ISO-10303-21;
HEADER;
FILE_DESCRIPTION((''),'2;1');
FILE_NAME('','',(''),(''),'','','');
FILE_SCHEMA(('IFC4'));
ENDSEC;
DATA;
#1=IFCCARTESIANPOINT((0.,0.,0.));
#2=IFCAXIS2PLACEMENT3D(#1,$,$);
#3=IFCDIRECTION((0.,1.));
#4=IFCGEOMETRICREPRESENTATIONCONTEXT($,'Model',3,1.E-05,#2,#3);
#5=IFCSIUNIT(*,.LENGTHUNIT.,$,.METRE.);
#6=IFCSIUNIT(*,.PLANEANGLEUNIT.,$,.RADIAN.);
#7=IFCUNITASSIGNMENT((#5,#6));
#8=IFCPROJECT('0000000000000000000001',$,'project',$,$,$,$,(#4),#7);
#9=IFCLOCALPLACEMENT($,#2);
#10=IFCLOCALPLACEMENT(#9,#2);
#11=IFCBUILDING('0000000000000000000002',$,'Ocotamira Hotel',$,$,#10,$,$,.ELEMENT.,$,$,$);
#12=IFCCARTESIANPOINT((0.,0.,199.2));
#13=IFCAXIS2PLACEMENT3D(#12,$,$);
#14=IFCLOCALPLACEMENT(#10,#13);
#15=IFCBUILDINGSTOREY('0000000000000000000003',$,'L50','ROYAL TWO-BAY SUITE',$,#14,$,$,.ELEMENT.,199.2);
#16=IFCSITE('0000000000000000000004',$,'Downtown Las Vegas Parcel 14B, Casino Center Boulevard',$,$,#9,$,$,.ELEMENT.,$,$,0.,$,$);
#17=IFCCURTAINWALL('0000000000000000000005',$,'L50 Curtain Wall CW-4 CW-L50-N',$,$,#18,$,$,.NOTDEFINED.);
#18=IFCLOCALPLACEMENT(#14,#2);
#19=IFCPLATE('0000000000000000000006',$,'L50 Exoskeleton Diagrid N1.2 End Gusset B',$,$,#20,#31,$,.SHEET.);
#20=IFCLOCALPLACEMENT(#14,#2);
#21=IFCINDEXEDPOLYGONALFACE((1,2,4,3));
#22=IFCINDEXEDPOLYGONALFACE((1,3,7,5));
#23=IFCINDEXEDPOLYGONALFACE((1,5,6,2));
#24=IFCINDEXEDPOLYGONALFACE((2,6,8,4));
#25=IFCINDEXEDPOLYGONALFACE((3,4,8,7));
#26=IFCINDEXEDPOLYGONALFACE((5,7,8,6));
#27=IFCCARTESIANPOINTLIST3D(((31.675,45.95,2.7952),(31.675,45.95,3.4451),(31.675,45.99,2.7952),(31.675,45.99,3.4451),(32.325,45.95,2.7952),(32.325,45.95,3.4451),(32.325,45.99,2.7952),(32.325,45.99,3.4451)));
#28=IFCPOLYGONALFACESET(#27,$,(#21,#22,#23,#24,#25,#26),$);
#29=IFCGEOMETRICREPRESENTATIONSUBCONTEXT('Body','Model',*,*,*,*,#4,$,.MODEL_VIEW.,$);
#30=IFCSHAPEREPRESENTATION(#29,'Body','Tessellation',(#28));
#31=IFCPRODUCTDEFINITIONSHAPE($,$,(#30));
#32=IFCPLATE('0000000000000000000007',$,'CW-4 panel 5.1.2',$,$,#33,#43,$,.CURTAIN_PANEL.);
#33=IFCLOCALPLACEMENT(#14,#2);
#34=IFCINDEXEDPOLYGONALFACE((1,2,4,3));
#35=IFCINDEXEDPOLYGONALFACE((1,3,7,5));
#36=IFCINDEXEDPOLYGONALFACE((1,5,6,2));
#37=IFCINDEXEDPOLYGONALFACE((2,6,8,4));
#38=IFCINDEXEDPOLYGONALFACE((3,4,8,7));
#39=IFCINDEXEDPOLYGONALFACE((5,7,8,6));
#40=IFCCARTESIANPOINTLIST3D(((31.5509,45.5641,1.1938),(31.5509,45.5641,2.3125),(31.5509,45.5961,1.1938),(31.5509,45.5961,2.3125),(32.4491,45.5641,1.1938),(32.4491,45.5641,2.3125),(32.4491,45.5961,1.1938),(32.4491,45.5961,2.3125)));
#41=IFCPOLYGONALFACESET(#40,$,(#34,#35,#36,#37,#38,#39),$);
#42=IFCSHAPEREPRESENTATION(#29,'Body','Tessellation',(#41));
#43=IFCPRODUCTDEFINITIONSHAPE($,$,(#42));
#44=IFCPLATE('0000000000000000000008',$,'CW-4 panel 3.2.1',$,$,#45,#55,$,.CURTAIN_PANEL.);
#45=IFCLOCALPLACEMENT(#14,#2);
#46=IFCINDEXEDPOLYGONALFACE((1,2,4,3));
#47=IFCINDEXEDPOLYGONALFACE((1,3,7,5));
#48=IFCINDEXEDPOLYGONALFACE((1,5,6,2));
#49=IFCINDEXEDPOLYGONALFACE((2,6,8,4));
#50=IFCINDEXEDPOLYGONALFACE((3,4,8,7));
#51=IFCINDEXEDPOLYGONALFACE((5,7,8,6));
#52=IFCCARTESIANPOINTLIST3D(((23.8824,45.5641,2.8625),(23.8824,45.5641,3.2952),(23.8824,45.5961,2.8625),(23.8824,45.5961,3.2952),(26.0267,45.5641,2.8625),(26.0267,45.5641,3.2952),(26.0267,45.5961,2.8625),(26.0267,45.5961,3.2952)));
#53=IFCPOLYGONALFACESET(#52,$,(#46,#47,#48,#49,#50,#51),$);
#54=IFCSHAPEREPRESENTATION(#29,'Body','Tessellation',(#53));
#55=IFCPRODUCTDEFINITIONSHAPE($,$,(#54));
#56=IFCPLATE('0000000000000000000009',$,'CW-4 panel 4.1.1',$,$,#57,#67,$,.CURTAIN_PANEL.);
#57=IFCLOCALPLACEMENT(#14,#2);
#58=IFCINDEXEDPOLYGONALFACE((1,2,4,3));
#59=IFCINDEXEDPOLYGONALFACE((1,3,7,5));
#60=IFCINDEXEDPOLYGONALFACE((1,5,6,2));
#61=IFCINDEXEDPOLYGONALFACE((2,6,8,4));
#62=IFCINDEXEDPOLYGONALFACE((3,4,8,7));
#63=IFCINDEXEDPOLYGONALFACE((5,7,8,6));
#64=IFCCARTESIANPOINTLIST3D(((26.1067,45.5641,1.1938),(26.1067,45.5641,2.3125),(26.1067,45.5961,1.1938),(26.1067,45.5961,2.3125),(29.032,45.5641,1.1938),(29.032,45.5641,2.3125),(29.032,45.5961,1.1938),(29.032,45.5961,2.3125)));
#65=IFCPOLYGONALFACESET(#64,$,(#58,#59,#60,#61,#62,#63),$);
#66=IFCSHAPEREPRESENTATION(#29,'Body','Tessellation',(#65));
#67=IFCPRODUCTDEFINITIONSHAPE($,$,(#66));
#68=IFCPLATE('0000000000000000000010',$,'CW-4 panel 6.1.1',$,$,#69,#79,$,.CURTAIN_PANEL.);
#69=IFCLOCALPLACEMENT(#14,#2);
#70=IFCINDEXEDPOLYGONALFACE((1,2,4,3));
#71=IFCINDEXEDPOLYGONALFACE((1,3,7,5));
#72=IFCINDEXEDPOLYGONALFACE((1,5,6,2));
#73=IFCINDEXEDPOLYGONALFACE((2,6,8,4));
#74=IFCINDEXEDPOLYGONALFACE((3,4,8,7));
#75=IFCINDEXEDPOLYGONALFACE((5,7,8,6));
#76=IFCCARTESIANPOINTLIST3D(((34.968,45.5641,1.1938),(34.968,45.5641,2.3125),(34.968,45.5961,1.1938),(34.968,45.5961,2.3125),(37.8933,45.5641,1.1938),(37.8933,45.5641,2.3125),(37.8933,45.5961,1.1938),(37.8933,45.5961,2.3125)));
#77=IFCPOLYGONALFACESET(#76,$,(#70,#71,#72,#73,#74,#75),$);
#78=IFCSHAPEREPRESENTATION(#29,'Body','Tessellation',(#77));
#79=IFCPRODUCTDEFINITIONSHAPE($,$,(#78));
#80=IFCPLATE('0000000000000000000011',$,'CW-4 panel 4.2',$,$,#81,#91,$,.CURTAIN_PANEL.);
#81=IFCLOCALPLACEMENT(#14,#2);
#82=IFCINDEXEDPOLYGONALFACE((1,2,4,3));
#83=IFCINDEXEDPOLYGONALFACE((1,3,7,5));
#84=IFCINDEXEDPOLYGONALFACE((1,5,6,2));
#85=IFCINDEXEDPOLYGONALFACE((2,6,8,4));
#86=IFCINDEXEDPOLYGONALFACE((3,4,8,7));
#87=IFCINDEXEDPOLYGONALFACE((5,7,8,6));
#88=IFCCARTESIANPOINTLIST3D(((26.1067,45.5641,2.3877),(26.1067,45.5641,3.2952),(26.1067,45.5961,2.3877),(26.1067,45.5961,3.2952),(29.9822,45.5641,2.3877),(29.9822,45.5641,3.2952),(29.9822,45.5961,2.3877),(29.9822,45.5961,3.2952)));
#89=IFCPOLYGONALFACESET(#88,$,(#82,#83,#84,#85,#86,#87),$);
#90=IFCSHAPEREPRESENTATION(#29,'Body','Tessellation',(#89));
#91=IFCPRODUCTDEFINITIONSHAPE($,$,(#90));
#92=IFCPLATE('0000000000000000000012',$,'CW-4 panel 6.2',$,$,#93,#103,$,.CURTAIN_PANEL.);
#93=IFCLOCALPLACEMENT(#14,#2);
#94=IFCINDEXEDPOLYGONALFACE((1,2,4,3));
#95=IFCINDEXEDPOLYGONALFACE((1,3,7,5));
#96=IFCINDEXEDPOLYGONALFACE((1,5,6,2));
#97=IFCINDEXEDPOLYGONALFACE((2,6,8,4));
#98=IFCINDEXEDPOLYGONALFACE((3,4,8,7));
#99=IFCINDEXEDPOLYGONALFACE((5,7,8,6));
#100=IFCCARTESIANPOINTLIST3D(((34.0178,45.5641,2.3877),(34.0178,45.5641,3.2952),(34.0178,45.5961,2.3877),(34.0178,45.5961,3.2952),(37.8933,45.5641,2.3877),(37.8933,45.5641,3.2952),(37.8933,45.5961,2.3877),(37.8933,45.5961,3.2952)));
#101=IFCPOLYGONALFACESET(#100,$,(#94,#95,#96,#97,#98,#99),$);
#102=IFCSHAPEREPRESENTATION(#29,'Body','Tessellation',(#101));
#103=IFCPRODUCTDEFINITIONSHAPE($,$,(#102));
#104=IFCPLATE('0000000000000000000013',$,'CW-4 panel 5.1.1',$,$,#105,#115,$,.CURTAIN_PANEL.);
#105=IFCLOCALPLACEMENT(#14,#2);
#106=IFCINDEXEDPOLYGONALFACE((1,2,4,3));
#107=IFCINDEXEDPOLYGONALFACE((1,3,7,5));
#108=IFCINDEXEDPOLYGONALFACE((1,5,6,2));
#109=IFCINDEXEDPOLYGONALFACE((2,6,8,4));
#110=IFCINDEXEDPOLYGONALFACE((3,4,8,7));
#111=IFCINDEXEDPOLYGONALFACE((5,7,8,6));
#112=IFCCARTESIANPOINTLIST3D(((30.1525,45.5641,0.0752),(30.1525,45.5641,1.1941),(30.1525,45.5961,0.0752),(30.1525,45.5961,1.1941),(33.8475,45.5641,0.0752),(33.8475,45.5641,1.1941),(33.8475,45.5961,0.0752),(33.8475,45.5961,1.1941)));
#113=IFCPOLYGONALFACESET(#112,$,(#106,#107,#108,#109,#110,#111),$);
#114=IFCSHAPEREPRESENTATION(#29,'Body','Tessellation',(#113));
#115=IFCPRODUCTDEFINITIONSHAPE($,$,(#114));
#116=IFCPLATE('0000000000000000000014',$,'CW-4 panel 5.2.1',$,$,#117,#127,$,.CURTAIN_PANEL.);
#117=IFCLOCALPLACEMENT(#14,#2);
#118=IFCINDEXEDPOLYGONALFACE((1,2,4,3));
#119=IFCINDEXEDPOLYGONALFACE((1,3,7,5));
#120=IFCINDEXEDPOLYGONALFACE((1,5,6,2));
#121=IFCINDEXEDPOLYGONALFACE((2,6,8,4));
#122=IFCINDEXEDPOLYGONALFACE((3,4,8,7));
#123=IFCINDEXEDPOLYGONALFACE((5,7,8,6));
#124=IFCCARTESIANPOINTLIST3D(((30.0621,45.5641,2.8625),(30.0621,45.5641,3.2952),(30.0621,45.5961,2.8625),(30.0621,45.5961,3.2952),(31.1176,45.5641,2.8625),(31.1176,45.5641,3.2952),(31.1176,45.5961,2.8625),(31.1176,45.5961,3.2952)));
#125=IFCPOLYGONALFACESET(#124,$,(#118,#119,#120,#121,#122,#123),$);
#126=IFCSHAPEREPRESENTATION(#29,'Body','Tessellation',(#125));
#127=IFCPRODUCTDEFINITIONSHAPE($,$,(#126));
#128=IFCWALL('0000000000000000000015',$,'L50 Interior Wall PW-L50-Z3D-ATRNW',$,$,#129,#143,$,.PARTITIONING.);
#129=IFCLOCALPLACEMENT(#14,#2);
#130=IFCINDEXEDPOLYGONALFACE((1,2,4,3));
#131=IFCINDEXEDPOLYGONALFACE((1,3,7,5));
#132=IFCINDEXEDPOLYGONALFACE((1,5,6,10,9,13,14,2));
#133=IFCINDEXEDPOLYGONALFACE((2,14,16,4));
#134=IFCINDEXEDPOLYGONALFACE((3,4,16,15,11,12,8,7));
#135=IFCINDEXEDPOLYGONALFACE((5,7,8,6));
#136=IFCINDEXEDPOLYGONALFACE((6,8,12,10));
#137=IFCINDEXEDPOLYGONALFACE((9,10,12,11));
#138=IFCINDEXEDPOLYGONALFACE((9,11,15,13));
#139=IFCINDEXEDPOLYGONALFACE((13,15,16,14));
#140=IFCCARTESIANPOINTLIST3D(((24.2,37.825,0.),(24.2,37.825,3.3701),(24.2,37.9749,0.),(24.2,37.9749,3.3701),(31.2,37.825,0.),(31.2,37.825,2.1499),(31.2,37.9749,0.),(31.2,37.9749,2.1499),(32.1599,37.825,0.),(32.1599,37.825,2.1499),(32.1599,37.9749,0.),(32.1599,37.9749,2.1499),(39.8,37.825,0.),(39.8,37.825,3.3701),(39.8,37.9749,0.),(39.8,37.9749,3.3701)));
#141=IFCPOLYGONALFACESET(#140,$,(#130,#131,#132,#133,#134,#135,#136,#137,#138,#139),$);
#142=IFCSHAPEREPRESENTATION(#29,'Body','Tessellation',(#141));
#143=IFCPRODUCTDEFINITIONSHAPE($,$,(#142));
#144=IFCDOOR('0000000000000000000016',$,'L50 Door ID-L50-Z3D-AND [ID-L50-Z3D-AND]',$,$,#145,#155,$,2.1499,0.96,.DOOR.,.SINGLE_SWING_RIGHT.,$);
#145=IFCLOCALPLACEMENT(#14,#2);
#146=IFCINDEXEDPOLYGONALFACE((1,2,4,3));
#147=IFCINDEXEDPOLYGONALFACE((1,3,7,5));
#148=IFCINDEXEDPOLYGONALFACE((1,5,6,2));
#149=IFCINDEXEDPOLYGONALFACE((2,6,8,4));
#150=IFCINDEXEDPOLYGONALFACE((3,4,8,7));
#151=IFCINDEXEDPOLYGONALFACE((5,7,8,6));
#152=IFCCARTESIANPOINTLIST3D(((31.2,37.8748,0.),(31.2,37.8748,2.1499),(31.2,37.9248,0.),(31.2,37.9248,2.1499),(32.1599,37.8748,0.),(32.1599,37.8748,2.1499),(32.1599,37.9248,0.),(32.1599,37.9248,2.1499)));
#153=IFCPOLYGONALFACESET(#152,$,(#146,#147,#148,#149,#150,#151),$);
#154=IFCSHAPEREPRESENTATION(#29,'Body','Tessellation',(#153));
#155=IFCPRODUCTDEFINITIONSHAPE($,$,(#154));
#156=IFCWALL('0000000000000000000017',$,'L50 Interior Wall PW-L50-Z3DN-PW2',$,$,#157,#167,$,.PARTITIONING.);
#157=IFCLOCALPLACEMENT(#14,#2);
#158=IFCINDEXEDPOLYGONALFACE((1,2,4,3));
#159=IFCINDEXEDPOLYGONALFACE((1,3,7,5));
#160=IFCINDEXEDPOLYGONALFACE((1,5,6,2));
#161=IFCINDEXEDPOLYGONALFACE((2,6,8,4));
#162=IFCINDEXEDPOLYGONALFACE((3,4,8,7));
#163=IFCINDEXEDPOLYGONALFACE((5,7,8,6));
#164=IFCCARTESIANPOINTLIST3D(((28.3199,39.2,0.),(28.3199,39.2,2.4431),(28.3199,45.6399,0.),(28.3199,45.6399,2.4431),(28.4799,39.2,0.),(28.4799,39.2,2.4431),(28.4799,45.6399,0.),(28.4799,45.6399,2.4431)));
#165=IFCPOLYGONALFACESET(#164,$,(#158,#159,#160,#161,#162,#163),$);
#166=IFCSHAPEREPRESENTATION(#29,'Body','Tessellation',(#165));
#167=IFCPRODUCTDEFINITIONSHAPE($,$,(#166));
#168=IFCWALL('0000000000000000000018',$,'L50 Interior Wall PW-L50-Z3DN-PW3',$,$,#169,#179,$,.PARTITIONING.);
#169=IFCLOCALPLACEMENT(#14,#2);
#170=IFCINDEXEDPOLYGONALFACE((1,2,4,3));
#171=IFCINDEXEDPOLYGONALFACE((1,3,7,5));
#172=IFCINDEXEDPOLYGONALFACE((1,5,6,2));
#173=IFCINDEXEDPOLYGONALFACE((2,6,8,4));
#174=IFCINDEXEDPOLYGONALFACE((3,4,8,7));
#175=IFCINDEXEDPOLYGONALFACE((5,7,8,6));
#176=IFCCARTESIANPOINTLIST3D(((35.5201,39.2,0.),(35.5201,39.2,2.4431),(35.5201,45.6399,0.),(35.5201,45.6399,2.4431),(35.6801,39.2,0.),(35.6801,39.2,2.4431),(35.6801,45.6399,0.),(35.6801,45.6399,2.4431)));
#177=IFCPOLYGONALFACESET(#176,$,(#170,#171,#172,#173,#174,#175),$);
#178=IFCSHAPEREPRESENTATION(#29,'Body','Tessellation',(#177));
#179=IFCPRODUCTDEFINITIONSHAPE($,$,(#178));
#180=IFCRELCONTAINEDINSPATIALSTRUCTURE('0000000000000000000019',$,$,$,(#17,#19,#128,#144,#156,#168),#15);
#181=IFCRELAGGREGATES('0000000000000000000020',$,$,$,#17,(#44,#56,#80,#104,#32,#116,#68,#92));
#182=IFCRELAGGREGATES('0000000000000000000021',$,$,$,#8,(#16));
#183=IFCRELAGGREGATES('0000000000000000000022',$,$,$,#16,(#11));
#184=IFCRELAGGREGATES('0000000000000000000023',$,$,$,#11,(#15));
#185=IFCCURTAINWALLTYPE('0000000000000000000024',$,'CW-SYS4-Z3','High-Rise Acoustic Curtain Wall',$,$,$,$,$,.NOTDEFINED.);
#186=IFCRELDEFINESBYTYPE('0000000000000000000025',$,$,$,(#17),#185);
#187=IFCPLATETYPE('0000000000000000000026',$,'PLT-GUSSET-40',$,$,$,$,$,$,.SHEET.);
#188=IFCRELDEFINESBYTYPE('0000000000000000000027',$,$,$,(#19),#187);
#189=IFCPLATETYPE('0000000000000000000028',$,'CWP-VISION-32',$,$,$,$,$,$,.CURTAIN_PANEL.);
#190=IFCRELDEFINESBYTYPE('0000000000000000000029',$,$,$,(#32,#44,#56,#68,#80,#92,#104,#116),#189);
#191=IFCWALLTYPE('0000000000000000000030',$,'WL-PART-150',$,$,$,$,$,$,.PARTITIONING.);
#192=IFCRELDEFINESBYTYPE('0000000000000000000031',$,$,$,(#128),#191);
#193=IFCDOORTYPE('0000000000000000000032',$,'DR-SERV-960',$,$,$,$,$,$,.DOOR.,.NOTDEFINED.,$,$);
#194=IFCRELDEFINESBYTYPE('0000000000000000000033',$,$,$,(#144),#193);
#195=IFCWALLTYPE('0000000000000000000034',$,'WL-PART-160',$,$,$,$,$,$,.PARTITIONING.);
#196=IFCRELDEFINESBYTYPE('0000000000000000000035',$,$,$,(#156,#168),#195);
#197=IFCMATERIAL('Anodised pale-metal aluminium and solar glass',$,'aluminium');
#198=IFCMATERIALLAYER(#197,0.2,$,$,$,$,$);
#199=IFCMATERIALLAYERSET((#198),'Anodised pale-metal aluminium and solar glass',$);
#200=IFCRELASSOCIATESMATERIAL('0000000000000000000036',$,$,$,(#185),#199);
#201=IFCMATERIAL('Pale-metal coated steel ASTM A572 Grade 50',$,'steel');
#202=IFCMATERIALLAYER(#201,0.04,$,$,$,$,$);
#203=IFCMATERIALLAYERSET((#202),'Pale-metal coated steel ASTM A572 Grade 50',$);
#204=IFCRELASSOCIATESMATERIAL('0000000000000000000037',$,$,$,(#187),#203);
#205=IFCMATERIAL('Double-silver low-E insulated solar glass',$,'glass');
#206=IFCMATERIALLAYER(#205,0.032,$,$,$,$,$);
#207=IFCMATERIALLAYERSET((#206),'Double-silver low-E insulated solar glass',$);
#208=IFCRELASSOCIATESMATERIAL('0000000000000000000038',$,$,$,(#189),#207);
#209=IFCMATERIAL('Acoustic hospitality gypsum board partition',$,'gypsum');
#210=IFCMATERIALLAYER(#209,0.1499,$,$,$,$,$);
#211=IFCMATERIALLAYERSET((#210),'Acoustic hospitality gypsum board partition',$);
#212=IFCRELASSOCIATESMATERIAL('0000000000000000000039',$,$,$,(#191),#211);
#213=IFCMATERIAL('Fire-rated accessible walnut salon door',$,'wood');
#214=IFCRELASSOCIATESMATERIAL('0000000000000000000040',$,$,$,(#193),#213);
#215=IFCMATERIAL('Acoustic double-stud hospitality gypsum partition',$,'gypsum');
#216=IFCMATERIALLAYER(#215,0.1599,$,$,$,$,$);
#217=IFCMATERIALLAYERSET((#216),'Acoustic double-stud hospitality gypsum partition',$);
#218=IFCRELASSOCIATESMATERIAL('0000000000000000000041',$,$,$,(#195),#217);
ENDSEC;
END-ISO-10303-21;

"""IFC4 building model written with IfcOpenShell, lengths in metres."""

from ifc_helpers import new_model, si_unit, direction, frame, frame_2d, origin, origin_2d, place, context, subcontext, project, spatial, rectangle, extrude, source, transform, mapped, material, layer, layer_set, type_object, element, fill, aggregate, save


model = new_model("IFC4")

# Units and contexts
model_context = context("Model", 3, precision=1e-05, world=origin(), true_north=direction((0.0, 1.0)))
body_context = subcontext(model_context, "Body", "Model", "MODEL_VIEW")
ifc_project = project(units=[si_unit("LENGTHUNIT", "METRE"), si_unit("PLANEANGLEUNIT", "RADIAN")], contexts=[model_context])

# Site, building, storey
site_placement = place(None, origin())
site = spatial("IfcSite", under=ifc_project, at=site_placement, Name="Downtown Las Vegas Parcel 14B, Casino Center Boulevard", CompositionType="ELEMENT", RefElevation=0.0)
building_placement = place(site_placement, origin())
building = spatial("IfcBuilding", under=site, at=building_placement, Name="Ocotamira Hotel", CompositionType="ELEMENT")
storey_placement = place(building_placement, frame((0.0, 0.0, 199.2)))
storey = spatial("IfcBuildingStorey", under=building, at=storey_placement, Name="L50", Description="ROYAL TWO-BAY SUITE", CompositionType="ELEMENT", Elevation=199.2)

# Curtain wall
ifc_material_1 = material(Name="Anodised pale-metal aluminium and solar glass", Category="aluminium")
ifc_layer_1 = layer(ifc_material_1, 0.2)
ifc_layer_set_1 = layer_set([ifc_layer_1], Name="Anodised pale-metal aluminium and solar glass")
curtain_wall_type = type_object("IfcCurtainWallType", Name="CW-SYS4-Z3", Description="High-Rise Acoustic Curtain Wall", PredefinedType="NOTDEFINED", material=ifc_layer_set_1)
curtain_wall_placement = place(storey_placement, origin())
curtain_wall = element("IfcCurtainWall", 1, at=curtain_wall_placement, inside=storey, type_object=curtain_wall_type, Name="L50 Curtain Wall CW-4 CW-L50-N", PredefinedType="NOTDEFINED")

# Plates
ifc_material_2 = material(Name="Pale-metal coated steel ASTM A572 Grade 50", Category="steel")
ifc_layer_2 = layer(ifc_material_2, 0.04)
ifc_layer_set_2 = layer_set([ifc_layer_2], Name="Pale-metal coated steel ASTM A572 Grade 50")
plate_type_1 = type_object("IfcPlateType", Name="PLT-GUSSET-40", PredefinedType="SHEET", material=ifc_layer_set_2)
shared_shape_1 = source(origin(), body_context, "Body", "SweptSolid", [
    extrude(rectangle(XDim=0.6499, YDim=0.04, at=origin_2d()), origin(), (0.0, 0.0, 1.0), 0.6499),
])
plate_1_placement = place(storey_placement, frame((32.0, 45.97, 2.7952), z_axis=(0.0, 0.0, 1.0), x_axis=(1.0, 0.0, 0.0)))
element("IfcPlate", 2, at=plate_1_placement, inside=storey, type_object=plate_type_1, Name="L50 Exoskeleton Diagrid N1.2 End Gusset B", PredefinedType="SHEET", context=body_context, shape_type="MappedRepresentation", body=[
    mapped(shared_shape_1, transform((0.0, 0.0, 0.0), scale=1.0)),
])
ifc_material_3 = material(Name="Double-silver low-E insulated solar glass", Category="glass")
ifc_layer_3 = layer(ifc_material_3, 0.032)
ifc_layer_set_3 = layer_set([ifc_layer_3], Name="Double-silver low-E insulated solar glass")
plate_type_2 = type_object("IfcPlateType", Name="CWP-VISION-32", PredefinedType="CURTAIN_PANEL", material=ifc_layer_set_3)
shared_shape_2 = source(origin(), body_context, "Body", "SweptSolid", [
    extrude(rectangle(XDim=0.8982, YDim=0.032, at=origin_2d()), origin(), (0.0, 0.0, 1.0), 1.1187),
])
plate_2_placement = place(storey_placement, frame((32.0, 45.5801, 1.1938), z_axis=(0.0, 0.0, 1.0), x_axis=(1.0, 0.0, 0.0)))
plate_2 = element("IfcPlate", 3, at=plate_2_placement, type_object=plate_type_2, Name="CW-4 panel 5.1.2", PredefinedType="CURTAIN_PANEL", context=body_context, shape_type="MappedRepresentation", body=[
    mapped(shared_shape_2, transform((0.0, 0.0, 0.0), scale=1.0)),
])
shared_shape_3 = source(origin(), body_context, "Body", "SweptSolid", [
    extrude(rectangle(XDim=2.1443, YDim=0.032, at=origin_2d()), origin(), (0.0, 0.0, 1.0), 0.4326),
])
plate_3_placement = place(storey_placement, frame((24.9546, 45.5801, 2.8625), z_axis=(0.0, 0.0, 1.0), x_axis=(1.0, 0.0, 0.0)))
plate_3 = element("IfcPlate", 4, at=plate_3_placement, type_object=plate_type_2, Name="CW-4 panel 3.2.1", PredefinedType="CURTAIN_PANEL", context=body_context, shape_type="MappedRepresentation", body=[
    mapped(shared_shape_3, transform((0.0, 0.0, 0.0), scale=1.0)),
])
shared_shape_4 = source(origin(), body_context, "Body", "SweptSolid", [
    extrude(rectangle(XDim=2.9253, YDim=0.032, at=origin_2d()), origin(), (0.0, 0.0, 1.0), 1.1187),
])
plate_4_placement = place(storey_placement, frame((27.5693, 45.5801, 1.1938), z_axis=(0.0, 0.0, 1.0), x_axis=(1.0, 0.0, 0.0)))
plate_4 = element("IfcPlate", 5, at=plate_4_placement, type_object=plate_type_2, Name="CW-4 panel 4.1.1", PredefinedType="CURTAIN_PANEL", context=body_context, shape_type="MappedRepresentation", body=[
    mapped(shared_shape_4, transform((0.0, 0.0, 0.0), scale=1.0)),
])
plate_5_placement = place(storey_placement, frame((36.4307, 45.5801, 1.1938), z_axis=(0.0, 0.0, 1.0), x_axis=(1.0, 0.0, 0.0)))
plate_5 = element("IfcPlate", 6, at=plate_5_placement, type_object=plate_type_2, Name="CW-4 panel 6.1.1", PredefinedType="CURTAIN_PANEL", context=body_context, shape_type="MappedRepresentation", body=[
    mapped(shared_shape_4, transform((0.0, 0.0, 0.0), scale=1.0)),
])
shared_shape_5 = source(origin(), body_context, "Body", "SweptSolid", [
    extrude(rectangle(XDim=3.8755, YDim=0.032, at=origin_2d()), origin(), (0.0, 0.0, 1.0), 0.9075),
])
plate_6_placement = place(storey_placement, frame((28.0444, 45.5801, 2.3877), z_axis=(0.0, 0.0, 1.0), x_axis=(1.0, 0.0, 0.0)))
plate_6 = element("IfcPlate", 7, at=plate_6_placement, type_object=plate_type_2, Name="CW-4 panel 4.2", PredefinedType="CURTAIN_PANEL", context=body_context, shape_type="MappedRepresentation", body=[
    mapped(shared_shape_5, transform((0.0, 0.0, 0.0), scale=1.0)),
])
plate_7_placement = place(storey_placement, frame((35.9556, 45.5801, 2.3877), z_axis=(0.0, 0.0, 1.0), x_axis=(1.0, 0.0, 0.0)))
plate_7 = element("IfcPlate", 8, at=plate_7_placement, type_object=plate_type_2, Name="CW-4 panel 6.2", PredefinedType="CURTAIN_PANEL", context=body_context, shape_type="MappedRepresentation", body=[
    mapped(shared_shape_5, transform((0.0, 0.0, 0.0), scale=1.0)),
])
shared_shape_6 = source(origin(), body_context, "Body", "SweptSolid", [
    extrude(rectangle(XDim=3.6951, YDim=0.032, at=origin_2d()), origin(), (0.0, 0.0, 1.0), 1.1189),
])
plate_8_placement = place(storey_placement, frame((32.0, 45.5801, 0.0752), z_axis=(0.0, 0.0, 1.0), x_axis=(1.0, 0.0, 0.0)))
plate_8 = element("IfcPlate", 9, at=plate_8_placement, type_object=plate_type_2, Name="CW-4 panel 5.1.1", PredefinedType="CURTAIN_PANEL", context=body_context, shape_type="MappedRepresentation", body=[
    mapped(shared_shape_6, transform((0.0, 0.0, 0.0), scale=1.0)),
])
shared_shape_7 = source(origin(), body_context, "Body", "SweptSolid", [
    extrude(rectangle(XDim=1.0554, YDim=0.032, at=origin_2d()), origin(), (0.0, 0.0, 1.0), 0.4326),
])
plate_9_placement = place(storey_placement, frame((30.5898, 45.5801, 2.8625), z_axis=(0.0, 0.0, 1.0), x_axis=(1.0, 0.0, 0.0)))
plate_9 = element("IfcPlate", 10, at=plate_9_placement, type_object=plate_type_2, Name="CW-4 panel 5.2.1", PredefinedType="CURTAIN_PANEL", context=body_context, shape_type="MappedRepresentation", body=[
    mapped(shared_shape_7, transform((0.0, 0.0, 0.0), scale=1.0)),
])
aggregate(curtain_wall, [plate_3, plate_4, plate_6, plate_8, plate_2, plate_9, plate_5, plate_7])

# Wall, opening, door
ifc_material_4 = material(Name="Acoustic hospitality gypsum board partition", Category="gypsum")
ifc_layer_4 = layer(ifc_material_4, 0.1499)
ifc_layer_set_4 = layer_set([ifc_layer_4], Name="Acoustic hospitality gypsum board partition")
wall_type_1 = type_object("IfcWallType", Name="WL-PART-150", PredefinedType="PARTITIONING", material=ifc_layer_set_4)
wall_placement = place(storey_placement, frame((24.2, 37.8999, 0.0), z_axis=(0.0, 0.0, 1.0), x_axis=(1.0, 0.0, 0.0)))
wall = element("IfcWall", 11, at=wall_placement, inside=storey, type_object=wall_type_1, Name="L50 Interior Wall PW-L50-Z3D-ATRNW", PredefinedType="PARTITIONING", context=body_context, shape_type="SweptSolid", body=[
    extrude(rectangle(XDim=15.6001, YDim=0.1499, at=frame_2d((7.8, 0.0))), origin(), (0.0, 0.0, 1.0), 3.3701),
])
opening_placement = place(wall_placement, frame((7.0, 0.0, 0.0)))
opening = element("IfcOpeningElement", 12, at=opening_placement, cuts=wall, PredefinedType="OPENING", context=body_context, shape_type="SweptSolid", body=[
    extrude(rectangle(XDim=0.96, YDim=2.1499, at=frame_2d((0.48, 1.075))), frame((0.0, 0.085, 0.0), z_axis=(0.0, -1.0, 0.0), x_axis=(1.0, 0.0, 0.0)), (0.0, 0.0, 1.0), 0.1699),
])
ifc_material_5 = material(Name="Fire-rated accessible walnut salon door", Category="wood")
door_type = type_object("IfcDoorType", Name="DR-SERV-960", OperationType="NOTDEFINED", PredefinedType="DOOR", material=ifc_material_5)
shared_shape_8 = source(origin(), body_context, "Body", "SweptSolid", [
    extrude(rectangle(XDim=0.96, YDim=2.1499, at=frame_2d((0.48, 1.075))), frame((0.0, 0.0249, 0.0), z_axis=(0.0, -1.0, 0.0), x_axis=(1.0, 0.0, 0.0)), (0.0, 0.0, 1.0), 0.05),
])
door_placement = place(opening_placement, origin())
door = element("IfcDoor", 13, at=door_placement, inside=storey, type_object=door_type, Name="L50 Door ID-L50-Z3D-AND [ID-L50-Z3D-AND]", OperationType="SINGLE_SWING_RIGHT", OverallHeight=2.1499, OverallWidth=0.96, PredefinedType="DOOR", context=body_context, shape_type="MappedRepresentation", body=[
    mapped(shared_shape_8, transform((0.0, 0.0, 0.0), scale=1.0)),
])
fill(opening, door)

# Walls
ifc_material_6 = material(Name="Acoustic double-stud hospitality gypsum partition", Category="gypsum")
ifc_layer_5 = layer(ifc_material_6, 0.1599)
ifc_layer_set_5 = layer_set([ifc_layer_5], Name="Acoustic double-stud hospitality gypsum partition")
wall_type_2 = type_object("IfcWallType", Name="WL-PART-160", PredefinedType="PARTITIONING", material=ifc_layer_set_5)
for number, where, z_axis, x_axis, name in (
    (14, (28.3999, 39.2, 0.0), (0.0, 0.0, 1.0), (0.0, 1.0, 0.0), "L50 Interior Wall PW-L50-Z3DN-PW2"),
    (15, (35.6001, 39.2, 0.0), (0.0, 0.0, 1.0), (0.0, 1.0, 0.0), "L50 Interior Wall PW-L50-Z3DN-PW3"),
):
    element("IfcWall", number, at=place(storey_placement, frame(where, z_axis=z_axis, x_axis=x_axis)), inside=storey, type_object=wall_type_2, Name=name, PredefinedType="PARTITIONING", context=body_context, shape_type="SweptSolid", body=[
        extrude(rectangle(XDim=6.4399, YDim=0.1599, at=frame_2d((3.22, 0.0))), origin(), (0.0, 0.0, 1.0), 2.4431),
    ])

save(model, "model.ifc")
